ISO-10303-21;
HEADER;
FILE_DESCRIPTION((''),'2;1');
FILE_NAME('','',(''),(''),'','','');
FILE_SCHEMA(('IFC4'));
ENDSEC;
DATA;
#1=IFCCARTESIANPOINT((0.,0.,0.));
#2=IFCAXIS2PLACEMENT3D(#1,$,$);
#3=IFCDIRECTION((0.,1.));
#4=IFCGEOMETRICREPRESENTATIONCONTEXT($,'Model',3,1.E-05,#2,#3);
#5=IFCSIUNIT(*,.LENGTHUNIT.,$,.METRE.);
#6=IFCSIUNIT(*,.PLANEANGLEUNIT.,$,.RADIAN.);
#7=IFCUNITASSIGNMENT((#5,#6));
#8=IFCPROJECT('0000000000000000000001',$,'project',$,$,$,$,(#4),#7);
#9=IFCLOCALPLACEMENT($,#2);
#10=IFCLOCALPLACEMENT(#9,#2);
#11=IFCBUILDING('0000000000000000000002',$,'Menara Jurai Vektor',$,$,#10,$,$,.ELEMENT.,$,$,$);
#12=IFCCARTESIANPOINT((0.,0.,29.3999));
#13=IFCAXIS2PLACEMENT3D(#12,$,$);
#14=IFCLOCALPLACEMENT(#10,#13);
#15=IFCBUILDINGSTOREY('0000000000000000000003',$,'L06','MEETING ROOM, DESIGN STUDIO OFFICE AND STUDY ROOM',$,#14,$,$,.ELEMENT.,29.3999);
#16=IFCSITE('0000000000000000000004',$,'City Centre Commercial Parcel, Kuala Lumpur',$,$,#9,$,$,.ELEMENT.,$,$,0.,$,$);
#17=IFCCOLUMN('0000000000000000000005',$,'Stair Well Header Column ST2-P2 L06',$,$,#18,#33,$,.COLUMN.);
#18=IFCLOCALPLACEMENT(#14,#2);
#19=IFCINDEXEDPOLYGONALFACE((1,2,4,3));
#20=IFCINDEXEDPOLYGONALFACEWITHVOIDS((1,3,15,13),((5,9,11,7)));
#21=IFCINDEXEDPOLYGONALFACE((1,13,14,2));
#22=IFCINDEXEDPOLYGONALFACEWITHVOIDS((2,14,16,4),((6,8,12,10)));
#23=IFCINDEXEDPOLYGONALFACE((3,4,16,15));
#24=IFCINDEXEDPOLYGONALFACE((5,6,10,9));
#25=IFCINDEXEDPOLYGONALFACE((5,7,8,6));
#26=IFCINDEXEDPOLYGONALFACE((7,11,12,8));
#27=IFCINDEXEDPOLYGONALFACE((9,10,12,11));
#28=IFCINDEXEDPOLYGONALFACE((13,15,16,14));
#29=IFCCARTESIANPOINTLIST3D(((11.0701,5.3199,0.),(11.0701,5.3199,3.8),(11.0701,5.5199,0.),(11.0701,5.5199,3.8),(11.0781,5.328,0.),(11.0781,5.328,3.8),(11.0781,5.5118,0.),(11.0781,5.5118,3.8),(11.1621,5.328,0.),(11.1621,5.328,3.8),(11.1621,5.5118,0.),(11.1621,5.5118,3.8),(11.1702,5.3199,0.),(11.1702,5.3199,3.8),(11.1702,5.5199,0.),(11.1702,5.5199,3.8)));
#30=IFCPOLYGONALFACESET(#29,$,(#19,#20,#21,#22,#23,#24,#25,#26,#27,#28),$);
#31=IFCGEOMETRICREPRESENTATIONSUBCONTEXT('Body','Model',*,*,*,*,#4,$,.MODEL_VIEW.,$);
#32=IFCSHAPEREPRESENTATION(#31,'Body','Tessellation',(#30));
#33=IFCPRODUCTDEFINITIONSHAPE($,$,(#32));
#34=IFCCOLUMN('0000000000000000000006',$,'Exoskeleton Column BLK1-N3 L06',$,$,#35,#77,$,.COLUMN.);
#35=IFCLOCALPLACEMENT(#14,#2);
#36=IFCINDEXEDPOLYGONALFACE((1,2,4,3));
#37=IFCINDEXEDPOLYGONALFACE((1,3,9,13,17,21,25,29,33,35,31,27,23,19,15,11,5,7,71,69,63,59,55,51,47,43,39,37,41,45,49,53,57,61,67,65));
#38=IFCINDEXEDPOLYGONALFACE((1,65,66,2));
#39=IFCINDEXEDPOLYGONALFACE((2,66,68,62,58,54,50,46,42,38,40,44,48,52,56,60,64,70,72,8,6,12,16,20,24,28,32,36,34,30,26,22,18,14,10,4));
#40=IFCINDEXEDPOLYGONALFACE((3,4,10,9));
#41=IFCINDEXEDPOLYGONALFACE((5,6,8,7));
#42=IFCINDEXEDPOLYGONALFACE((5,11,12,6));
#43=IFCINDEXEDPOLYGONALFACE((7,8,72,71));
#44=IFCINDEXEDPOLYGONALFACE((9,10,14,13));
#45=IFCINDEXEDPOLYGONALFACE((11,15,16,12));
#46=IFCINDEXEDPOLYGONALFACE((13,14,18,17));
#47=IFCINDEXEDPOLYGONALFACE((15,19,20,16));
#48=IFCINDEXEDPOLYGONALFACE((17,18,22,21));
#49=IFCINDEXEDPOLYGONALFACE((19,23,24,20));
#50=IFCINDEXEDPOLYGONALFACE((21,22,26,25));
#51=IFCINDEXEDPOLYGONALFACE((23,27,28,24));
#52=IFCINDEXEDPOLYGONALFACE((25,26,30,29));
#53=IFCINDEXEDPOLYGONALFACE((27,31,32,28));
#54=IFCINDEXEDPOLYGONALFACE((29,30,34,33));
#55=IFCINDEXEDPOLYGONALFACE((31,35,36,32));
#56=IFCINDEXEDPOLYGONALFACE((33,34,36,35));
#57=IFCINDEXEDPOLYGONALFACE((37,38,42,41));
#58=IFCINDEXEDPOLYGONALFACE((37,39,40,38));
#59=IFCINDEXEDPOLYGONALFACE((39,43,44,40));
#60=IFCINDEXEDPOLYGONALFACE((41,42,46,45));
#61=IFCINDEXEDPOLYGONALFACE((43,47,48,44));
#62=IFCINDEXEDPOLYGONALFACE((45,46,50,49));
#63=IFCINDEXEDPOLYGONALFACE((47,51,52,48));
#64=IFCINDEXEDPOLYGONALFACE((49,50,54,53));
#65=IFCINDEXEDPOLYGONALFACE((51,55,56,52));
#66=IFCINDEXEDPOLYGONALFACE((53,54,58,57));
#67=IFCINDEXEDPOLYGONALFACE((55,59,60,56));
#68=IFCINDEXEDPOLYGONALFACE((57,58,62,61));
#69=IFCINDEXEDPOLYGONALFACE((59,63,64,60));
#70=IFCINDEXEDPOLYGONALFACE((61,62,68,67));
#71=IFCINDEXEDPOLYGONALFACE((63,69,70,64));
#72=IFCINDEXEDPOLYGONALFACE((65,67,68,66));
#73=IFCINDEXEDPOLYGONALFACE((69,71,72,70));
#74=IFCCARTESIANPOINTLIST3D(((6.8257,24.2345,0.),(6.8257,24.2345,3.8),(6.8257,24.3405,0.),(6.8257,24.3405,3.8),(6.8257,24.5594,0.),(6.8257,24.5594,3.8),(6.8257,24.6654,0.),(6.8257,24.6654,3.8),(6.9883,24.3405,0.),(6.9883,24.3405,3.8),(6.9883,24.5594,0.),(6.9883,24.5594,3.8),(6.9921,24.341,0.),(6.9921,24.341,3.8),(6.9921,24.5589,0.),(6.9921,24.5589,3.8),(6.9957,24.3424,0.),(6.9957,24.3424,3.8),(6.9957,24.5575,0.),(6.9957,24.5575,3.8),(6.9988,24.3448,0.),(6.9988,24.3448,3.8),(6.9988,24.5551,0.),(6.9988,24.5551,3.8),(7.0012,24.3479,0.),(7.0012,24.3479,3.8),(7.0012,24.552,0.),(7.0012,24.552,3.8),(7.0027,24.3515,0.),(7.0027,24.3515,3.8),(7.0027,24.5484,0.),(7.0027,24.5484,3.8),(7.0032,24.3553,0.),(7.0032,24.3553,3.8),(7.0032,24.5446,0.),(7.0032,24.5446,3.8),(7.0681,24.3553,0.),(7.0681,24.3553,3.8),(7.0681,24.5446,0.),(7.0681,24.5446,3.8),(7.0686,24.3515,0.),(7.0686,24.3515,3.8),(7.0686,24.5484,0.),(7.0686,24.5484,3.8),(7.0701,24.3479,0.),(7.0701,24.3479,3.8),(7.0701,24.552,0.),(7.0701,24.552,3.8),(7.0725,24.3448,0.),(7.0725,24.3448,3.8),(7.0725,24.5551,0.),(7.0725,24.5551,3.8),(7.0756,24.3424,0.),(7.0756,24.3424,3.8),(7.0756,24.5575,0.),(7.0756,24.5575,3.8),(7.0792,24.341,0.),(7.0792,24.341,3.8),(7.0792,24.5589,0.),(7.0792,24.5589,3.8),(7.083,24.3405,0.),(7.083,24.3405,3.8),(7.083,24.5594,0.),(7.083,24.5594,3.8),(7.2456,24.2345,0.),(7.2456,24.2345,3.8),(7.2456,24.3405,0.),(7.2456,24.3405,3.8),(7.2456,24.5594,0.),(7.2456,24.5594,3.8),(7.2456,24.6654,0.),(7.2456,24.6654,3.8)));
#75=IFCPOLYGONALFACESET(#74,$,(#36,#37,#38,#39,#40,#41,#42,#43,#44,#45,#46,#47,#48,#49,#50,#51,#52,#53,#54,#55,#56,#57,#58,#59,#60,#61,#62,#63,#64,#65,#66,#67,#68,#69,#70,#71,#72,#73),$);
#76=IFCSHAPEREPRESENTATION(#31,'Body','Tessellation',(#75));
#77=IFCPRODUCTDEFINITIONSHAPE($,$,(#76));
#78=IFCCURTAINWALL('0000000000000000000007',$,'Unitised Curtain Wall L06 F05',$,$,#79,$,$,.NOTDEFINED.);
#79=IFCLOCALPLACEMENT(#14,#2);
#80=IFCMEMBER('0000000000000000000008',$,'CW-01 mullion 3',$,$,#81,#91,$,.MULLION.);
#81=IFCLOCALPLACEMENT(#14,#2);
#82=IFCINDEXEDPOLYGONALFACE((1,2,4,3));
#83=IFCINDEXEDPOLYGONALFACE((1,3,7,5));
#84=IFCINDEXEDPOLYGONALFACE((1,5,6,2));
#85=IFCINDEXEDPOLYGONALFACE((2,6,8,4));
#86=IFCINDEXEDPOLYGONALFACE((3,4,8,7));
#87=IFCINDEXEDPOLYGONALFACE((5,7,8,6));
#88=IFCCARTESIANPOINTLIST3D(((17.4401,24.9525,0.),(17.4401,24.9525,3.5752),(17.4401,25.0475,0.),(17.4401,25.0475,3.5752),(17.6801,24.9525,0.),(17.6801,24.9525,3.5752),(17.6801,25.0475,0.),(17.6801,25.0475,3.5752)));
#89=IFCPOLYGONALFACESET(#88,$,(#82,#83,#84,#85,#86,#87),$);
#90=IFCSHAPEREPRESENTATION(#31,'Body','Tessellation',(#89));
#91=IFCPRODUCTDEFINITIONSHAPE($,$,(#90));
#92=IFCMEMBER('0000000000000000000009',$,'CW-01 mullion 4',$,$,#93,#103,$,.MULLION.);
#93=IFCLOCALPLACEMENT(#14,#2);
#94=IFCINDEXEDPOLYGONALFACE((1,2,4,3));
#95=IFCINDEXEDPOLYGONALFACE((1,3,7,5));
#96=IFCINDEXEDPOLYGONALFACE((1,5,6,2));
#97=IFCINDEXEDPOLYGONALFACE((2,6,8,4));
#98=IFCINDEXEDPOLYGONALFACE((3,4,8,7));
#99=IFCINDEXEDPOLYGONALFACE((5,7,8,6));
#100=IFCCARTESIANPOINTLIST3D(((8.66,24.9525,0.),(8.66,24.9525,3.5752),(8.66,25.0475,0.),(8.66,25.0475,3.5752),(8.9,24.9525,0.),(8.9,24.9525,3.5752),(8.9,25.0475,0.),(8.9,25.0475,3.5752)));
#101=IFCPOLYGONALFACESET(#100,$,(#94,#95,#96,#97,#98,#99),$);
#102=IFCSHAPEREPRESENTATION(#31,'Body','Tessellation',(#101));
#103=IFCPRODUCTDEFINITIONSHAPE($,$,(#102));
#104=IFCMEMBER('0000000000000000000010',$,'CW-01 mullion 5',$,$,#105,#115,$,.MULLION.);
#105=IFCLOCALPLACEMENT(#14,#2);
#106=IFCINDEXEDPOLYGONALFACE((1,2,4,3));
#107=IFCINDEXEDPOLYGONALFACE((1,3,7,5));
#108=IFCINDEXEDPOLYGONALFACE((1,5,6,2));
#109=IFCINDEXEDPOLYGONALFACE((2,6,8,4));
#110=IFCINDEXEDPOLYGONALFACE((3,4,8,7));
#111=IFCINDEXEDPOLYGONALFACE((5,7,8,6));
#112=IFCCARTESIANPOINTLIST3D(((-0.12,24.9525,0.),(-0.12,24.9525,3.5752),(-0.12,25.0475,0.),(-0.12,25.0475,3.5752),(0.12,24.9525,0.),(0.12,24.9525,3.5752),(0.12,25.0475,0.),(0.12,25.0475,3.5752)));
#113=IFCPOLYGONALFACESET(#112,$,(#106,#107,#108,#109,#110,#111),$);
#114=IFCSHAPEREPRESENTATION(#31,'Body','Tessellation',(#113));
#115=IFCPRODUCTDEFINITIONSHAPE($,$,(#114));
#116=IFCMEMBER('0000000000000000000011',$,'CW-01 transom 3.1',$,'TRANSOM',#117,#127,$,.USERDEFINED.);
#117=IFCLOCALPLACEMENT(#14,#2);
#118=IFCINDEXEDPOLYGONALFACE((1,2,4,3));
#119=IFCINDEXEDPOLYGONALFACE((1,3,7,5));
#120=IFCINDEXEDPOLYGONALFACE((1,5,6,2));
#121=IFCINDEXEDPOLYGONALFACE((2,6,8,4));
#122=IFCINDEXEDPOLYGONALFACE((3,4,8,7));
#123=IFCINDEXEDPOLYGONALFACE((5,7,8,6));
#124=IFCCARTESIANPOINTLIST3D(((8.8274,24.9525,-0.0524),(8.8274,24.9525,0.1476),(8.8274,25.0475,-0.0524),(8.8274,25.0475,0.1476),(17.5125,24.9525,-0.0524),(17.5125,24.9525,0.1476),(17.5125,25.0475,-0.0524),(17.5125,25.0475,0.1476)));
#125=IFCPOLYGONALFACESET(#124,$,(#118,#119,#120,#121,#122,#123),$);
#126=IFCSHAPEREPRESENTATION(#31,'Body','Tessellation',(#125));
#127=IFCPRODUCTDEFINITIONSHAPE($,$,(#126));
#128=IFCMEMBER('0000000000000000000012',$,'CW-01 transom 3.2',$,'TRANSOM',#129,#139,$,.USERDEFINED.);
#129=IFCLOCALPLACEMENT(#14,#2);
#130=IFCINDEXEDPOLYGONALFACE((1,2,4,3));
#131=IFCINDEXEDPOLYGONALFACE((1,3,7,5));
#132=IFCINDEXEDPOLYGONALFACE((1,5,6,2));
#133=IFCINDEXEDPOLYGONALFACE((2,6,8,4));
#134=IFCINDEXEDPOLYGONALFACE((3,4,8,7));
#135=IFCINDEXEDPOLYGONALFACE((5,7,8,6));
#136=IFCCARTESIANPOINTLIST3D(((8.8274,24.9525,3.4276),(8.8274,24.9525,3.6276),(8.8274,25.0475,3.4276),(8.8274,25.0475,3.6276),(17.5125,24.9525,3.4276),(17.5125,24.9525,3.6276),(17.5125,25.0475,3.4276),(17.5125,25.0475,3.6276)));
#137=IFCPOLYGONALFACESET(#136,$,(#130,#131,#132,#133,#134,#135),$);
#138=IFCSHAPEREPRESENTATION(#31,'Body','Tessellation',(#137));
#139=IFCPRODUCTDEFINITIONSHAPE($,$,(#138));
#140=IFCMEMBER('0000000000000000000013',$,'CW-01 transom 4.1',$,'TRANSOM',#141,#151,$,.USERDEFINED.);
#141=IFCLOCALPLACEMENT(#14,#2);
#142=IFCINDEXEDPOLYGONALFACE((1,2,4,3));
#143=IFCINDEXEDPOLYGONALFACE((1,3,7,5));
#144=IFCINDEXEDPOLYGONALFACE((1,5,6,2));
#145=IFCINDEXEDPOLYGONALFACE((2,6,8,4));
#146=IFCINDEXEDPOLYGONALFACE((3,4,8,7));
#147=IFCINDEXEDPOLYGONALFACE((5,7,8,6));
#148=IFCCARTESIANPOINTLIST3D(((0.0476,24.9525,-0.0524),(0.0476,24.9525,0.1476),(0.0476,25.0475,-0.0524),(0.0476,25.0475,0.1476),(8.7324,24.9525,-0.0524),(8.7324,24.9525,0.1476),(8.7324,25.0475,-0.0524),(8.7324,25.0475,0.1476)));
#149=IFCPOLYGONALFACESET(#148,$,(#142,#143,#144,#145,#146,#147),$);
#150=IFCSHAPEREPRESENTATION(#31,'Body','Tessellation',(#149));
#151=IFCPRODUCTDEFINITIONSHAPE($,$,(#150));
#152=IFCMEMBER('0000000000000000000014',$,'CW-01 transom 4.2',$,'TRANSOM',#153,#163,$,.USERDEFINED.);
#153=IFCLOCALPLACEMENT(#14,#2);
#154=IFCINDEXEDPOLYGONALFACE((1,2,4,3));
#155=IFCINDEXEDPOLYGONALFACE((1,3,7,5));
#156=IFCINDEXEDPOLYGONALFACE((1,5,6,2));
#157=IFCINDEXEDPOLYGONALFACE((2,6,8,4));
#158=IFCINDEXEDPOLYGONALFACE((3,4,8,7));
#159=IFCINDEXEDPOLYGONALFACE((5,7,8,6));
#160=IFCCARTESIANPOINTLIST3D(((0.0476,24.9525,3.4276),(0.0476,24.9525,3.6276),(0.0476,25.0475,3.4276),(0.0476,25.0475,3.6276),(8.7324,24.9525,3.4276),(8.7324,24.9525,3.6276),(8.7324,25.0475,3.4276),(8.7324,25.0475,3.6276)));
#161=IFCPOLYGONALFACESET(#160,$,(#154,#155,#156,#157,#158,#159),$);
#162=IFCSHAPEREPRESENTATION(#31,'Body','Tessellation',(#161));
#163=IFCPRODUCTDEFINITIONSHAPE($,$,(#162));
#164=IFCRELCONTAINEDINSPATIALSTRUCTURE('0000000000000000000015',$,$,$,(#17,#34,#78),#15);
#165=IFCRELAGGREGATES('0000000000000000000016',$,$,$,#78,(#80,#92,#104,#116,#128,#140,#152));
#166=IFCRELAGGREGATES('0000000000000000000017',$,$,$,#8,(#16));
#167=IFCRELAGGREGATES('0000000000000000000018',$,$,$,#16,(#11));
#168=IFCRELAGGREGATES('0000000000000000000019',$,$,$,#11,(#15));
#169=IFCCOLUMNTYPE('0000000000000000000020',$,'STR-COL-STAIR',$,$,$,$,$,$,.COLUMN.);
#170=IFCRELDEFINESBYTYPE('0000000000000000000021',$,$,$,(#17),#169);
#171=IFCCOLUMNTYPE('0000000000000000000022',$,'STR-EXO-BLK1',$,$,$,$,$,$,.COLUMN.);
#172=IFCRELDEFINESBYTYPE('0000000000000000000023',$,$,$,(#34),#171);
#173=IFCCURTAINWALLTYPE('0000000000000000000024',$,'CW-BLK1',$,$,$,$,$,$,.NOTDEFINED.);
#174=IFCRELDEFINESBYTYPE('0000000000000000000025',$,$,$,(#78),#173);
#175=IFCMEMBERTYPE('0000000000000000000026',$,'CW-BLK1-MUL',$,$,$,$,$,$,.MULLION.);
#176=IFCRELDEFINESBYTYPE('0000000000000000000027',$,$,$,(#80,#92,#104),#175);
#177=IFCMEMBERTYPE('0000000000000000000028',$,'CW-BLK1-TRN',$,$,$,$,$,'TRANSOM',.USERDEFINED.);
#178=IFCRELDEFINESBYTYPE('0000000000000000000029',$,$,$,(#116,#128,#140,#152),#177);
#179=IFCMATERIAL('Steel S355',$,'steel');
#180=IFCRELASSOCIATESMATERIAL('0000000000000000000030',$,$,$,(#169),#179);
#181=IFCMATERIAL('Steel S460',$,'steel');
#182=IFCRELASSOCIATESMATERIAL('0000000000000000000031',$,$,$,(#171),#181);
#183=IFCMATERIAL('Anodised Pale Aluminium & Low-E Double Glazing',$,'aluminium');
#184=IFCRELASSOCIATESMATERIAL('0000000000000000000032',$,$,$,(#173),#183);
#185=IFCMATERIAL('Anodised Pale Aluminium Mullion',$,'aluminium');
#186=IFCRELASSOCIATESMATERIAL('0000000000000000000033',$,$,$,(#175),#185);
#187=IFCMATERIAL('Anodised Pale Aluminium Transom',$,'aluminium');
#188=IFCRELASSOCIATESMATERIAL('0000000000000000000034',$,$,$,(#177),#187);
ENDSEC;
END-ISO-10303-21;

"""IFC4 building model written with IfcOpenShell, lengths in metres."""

from ifc_helpers import new_model, si_unit, direction, frame, origin, origin_2d, place, context, subcontext, project, spatial, rectangle, hollow_rectangle, i_section, extrude, material, material_profile, profile_set, type_object, element, aggregate, save


model = new_model("IFC4")

# Units and contexts
model_context = context("Model", 3, precision=1e-05, world=origin(), true_north=direction((0.0, 1.0)))
body_context = subcontext(model_context, "Body", "Model", "MODEL_VIEW")
ifc_project = project(units=[si_unit("LENGTHUNIT", "METRE"), si_unit("PLANEANGLEUNIT", "RADIAN")], contexts=[model_context])

# Site, building, storey
site_placement = place(None, origin())
site = spatial("IfcSite", under=ifc_project, at=site_placement, Name="City Centre Commercial Parcel, Kuala Lumpur", CompositionType="ELEMENT", RefElevation=0.0)
building_placement = place(site_placement, origin())
building = spatial("IfcBuilding", under=site, at=building_placement, Name="Menara Jurai Vektor", CompositionType="ELEMENT")
storey_placement = place(building_placement, frame((0.0, 0.0, 29.3999)))
storey = spatial("IfcBuildingStorey", under=building, at=storey_placement, Name="L06", Description="MEETING ROOM, DESIGN STUDIO OFFICE AND STUDY ROOM", CompositionType="ELEMENT", Elevation=29.3999)

# Columns
ifc_material_1 = material(Name="Steel S355", Category="steel")
ifc_material_profile_1 = material_profile(ifc_material_1, hollow_rectangle(XDim=0.1001, YDim=0.2, WallThickness=0.0081, at=origin_2d()), Name="RHS 200x100x8")
ifc_profile_set_1 = profile_set([ifc_material_profile_1], Name="Steel S355")
column_type_1 = type_object("IfcColumnType", Name="STR-COL-STAIR", PredefinedType="COLUMN", material=ifc_profile_set_1)
column_1_placement = place(storey_placement, frame((11.1201, 5.4199, 0.0), z_axis=(0.0, 0.0, 1.0), x_axis=(1.0, 0.0, 0.0)))
element("IfcColumn", 1, at=column_1_placement, inside=storey, type_object=column_type_1, Name="Stair Well Header Column ST2-P2 L06", PredefinedType="COLUMN", context=body_context, shape_type="SweptSolid", body=[
    extrude(hollow_rectangle(XDim=0.1001, YDim=0.2, WallThickness=0.0081, at=origin_2d()), origin(), (0.0, 0.0, 1.0), 3.8),
])
ifc_material_2 = material(Name="Steel S460", Category="steel")
ifc_material_profile_2 = material_profile(ifc_material_2, i_section(OverallWidth=0.4199, OverallDepth=0.4309, WebThickness=0.0649, FlangeThickness=0.106, FilletRadius=0.0149, at=origin_2d()), Name="HD 400x900")
ifc_profile_set_2 = profile_set([ifc_material_profile_2], Name="Steel S460")
column_type_2 = type_object("IfcColumnType", Name="STR-EXO-BLK1", PredefinedType="COLUMN", material=ifc_profile_set_2)
column_2_placement = place(storey_placement, frame((7.0356, 24.45, 0.0), z_axis=(0.0, 0.0, 1.0), x_axis=(1.0, 0.0, 0.0)))
element("IfcColumn", 2, at=column_2_placement, inside=storey, type_object=column_type_2, Name="Exoskeleton Column BLK1-N3 L06", PredefinedType="COLUMN", context=body_context, shape_type="SweptSolid", body=[
    extrude(i_section(OverallWidth=0.4199, OverallDepth=0.4309, WebThickness=0.0649, FlangeThickness=0.106, FilletRadius=0.0149, at=origin_2d()), origin(), (0.0, 0.0, 1.0), 3.8),
])

# Curtain wall, members
ifc_material_3 = material(Name="Anodised Pale Aluminium & Low-E Double Glazing", Category="aluminium")
curtain_wall_type = type_object("IfcCurtainWallType", Name="CW-BLK1", PredefinedType="NOTDEFINED", material=ifc_material_3)
curtain_wall_placement = place(storey_placement, origin())
curtain_wall = element("IfcCurtainWall", 3, at=curtain_wall_placement, inside=storey, type_object=curtain_wall_type, Name="Unitised Curtain Wall L06 F05", PredefinedType="NOTDEFINED")
ifc_material_4 = material(Name="Anodised Pale Aluminium Mullion", Category="aluminium")
ifc_material_profile_3 = material_profile(ifc_material_4, rectangle(XDim=0.095, YDim=0.24, at=origin_2d()), Name="ALU MUL 95x240")
ifc_profile_set_3 = profile_set([ifc_material_profile_3], Name="Anodised Pale Aluminium Mullion")
member_type_1 = type_object("IfcMemberType", Name="CW-BLK1-MUL", PredefinedType="MULLION", material=ifc_profile_set_3)
member_1_placement = place(storey_placement, frame((17.5601, 25.0, 0.0), z_axis=(0.0, 0.0, 1.0), x_axis=(0.0, -1.0, 0.0)))
member_1 = element("IfcMember", 4, at=member_1_placement, type_object=member_type_1, Name="CW-01 mullion 3", PredefinedType="MULLION", context=body_context, shape_type="SweptSolid", body=[
    extrude(rectangle(XDim=0.095, YDim=0.24, at=origin_2d()), origin(), (0.0, 0.0, 1.0), 3.5752),
])
member_2_placement = place(storey_placement, frame((8.78, 25.0, 0.0), z_axis=(0.0, 0.0, 1.0), x_axis=(0.0, -1.0, 0.0)))
member_2 = element("IfcMember", 5, at=member_2_placement, type_object=member_type_1, Name="CW-01 mullion 4", PredefinedType="MULLION", context=body_context, shape_type="SweptSolid", body=[
    extrude(rectangle(XDim=0.095, YDim=0.24, at=origin_2d()), origin(), (0.0, 0.0, 1.0), 3.5752),
])
member_3_placement = place(storey_placement, frame((0.0, 25.0, 0.0), z_axis=(0.0, 0.0, 1.0), x_axis=(0.0, -1.0, 0.0)))
member_3 = element("IfcMember", 6, at=member_3_placement, type_object=member_type_1, Name="CW-01 mullion 5", PredefinedType="MULLION", context=body_context, shape_type="SweptSolid", body=[
    extrude(rectangle(XDim=0.095, YDim=0.24, at=origin_2d()), origin(), (0.0, 0.0, 1.0), 3.5752),
])
ifc_material_5 = material(Name="Anodised Pale Aluminium Transom", Category="aluminium")
ifc_material_profile_4 = material_profile(ifc_material_5, rectangle(XDim=0.095, YDim=0.2, at=origin_2d()), Name="ALU TRN 95x200")
ifc_profile_set_4 = profile_set([ifc_material_profile_4], Name="Anodised Pale Aluminium Transom")
member_type_2 = type_object("IfcMemberType", Name="CW-BLK1-TRN", ElementType="TRANSOM", PredefinedType="USERDEFINED", material=ifc_profile_set_4)
member_4_placement = place(storey_placement, frame((17.5125, 25.0, 0.0476), z_axis=(-1.0, 0.0, 0.0), x_axis=(0.0, -1.0, 0.0)))
member_4 = element("IfcMember", 7, at=member_4_placement, type_object=member_type_2, Name="CW-01 transom 3.1", ObjectType="TRANSOM", PredefinedType="USERDEFINED", context=body_context, shape_type="SweptSolid", body=[
    extrude(rectangle(XDim=0.095, YDim=0.2, at=origin_2d()), origin(), (0.0, 0.0, 1.0), 8.6851),
])
member_5_placement = place(storey_placement, frame((17.5125, 25.0, 3.5276), z_axis=(-1.0, 0.0, 0.0), x_axis=(0.0, -1.0, 0.0)))
member_5 = element("IfcMember", 8, at=member_5_placement, type_object=member_type_2, Name="CW-01 transom 3.2", ObjectType="TRANSOM", PredefinedType="USERDEFINED", context=body_context, shape_type="SweptSolid", body=[
    extrude(rectangle(XDim=0.095, YDim=0.2, at=origin_2d()), origin(), (0.0, 0.0, 1.0), 8.6851),
])
member_6_placement = place(storey_placement, frame((8.7324, 25.0, 0.0476), z_axis=(-1.0, 0.0, 0.0), x_axis=(0.0, -1.0, 0.0)))
member_6 = element("IfcMember", 9, at=member_6_placement, type_object=member_type_2, Name="CW-01 transom 4.1", ObjectType="TRANSOM", PredefinedType="USERDEFINED", context=body_context, shape_type="SweptSolid", body=[
    extrude(rectangle(XDim=0.095, YDim=0.2, at=origin_2d()), origin(), (0.0, 0.0, 1.0), 8.6848),
])
member_7_placement = place(storey_placement, frame((8.7324, 25.0, 3.5276), z_axis=(-1.0, 0.0, 0.0), x_axis=(0.0, -1.0, 0.0)))
member_7 = element("IfcMember", 10, at=member_7_placement, type_object=member_type_2, Name="CW-01 transom 4.2", ObjectType="TRANSOM", PredefinedType="USERDEFINED", context=body_context, shape_type="SweptSolid", body=[
    extrude(rectangle(XDim=0.095, YDim=0.2, at=origin_2d()), origin(), (0.0, 0.0, 1.0), 8.6848),
])

aggregate(curtain_wall, [member_1, member_2, member_3, member_4, member_5, member_6, member_7])

save(model, "model.ifc")
